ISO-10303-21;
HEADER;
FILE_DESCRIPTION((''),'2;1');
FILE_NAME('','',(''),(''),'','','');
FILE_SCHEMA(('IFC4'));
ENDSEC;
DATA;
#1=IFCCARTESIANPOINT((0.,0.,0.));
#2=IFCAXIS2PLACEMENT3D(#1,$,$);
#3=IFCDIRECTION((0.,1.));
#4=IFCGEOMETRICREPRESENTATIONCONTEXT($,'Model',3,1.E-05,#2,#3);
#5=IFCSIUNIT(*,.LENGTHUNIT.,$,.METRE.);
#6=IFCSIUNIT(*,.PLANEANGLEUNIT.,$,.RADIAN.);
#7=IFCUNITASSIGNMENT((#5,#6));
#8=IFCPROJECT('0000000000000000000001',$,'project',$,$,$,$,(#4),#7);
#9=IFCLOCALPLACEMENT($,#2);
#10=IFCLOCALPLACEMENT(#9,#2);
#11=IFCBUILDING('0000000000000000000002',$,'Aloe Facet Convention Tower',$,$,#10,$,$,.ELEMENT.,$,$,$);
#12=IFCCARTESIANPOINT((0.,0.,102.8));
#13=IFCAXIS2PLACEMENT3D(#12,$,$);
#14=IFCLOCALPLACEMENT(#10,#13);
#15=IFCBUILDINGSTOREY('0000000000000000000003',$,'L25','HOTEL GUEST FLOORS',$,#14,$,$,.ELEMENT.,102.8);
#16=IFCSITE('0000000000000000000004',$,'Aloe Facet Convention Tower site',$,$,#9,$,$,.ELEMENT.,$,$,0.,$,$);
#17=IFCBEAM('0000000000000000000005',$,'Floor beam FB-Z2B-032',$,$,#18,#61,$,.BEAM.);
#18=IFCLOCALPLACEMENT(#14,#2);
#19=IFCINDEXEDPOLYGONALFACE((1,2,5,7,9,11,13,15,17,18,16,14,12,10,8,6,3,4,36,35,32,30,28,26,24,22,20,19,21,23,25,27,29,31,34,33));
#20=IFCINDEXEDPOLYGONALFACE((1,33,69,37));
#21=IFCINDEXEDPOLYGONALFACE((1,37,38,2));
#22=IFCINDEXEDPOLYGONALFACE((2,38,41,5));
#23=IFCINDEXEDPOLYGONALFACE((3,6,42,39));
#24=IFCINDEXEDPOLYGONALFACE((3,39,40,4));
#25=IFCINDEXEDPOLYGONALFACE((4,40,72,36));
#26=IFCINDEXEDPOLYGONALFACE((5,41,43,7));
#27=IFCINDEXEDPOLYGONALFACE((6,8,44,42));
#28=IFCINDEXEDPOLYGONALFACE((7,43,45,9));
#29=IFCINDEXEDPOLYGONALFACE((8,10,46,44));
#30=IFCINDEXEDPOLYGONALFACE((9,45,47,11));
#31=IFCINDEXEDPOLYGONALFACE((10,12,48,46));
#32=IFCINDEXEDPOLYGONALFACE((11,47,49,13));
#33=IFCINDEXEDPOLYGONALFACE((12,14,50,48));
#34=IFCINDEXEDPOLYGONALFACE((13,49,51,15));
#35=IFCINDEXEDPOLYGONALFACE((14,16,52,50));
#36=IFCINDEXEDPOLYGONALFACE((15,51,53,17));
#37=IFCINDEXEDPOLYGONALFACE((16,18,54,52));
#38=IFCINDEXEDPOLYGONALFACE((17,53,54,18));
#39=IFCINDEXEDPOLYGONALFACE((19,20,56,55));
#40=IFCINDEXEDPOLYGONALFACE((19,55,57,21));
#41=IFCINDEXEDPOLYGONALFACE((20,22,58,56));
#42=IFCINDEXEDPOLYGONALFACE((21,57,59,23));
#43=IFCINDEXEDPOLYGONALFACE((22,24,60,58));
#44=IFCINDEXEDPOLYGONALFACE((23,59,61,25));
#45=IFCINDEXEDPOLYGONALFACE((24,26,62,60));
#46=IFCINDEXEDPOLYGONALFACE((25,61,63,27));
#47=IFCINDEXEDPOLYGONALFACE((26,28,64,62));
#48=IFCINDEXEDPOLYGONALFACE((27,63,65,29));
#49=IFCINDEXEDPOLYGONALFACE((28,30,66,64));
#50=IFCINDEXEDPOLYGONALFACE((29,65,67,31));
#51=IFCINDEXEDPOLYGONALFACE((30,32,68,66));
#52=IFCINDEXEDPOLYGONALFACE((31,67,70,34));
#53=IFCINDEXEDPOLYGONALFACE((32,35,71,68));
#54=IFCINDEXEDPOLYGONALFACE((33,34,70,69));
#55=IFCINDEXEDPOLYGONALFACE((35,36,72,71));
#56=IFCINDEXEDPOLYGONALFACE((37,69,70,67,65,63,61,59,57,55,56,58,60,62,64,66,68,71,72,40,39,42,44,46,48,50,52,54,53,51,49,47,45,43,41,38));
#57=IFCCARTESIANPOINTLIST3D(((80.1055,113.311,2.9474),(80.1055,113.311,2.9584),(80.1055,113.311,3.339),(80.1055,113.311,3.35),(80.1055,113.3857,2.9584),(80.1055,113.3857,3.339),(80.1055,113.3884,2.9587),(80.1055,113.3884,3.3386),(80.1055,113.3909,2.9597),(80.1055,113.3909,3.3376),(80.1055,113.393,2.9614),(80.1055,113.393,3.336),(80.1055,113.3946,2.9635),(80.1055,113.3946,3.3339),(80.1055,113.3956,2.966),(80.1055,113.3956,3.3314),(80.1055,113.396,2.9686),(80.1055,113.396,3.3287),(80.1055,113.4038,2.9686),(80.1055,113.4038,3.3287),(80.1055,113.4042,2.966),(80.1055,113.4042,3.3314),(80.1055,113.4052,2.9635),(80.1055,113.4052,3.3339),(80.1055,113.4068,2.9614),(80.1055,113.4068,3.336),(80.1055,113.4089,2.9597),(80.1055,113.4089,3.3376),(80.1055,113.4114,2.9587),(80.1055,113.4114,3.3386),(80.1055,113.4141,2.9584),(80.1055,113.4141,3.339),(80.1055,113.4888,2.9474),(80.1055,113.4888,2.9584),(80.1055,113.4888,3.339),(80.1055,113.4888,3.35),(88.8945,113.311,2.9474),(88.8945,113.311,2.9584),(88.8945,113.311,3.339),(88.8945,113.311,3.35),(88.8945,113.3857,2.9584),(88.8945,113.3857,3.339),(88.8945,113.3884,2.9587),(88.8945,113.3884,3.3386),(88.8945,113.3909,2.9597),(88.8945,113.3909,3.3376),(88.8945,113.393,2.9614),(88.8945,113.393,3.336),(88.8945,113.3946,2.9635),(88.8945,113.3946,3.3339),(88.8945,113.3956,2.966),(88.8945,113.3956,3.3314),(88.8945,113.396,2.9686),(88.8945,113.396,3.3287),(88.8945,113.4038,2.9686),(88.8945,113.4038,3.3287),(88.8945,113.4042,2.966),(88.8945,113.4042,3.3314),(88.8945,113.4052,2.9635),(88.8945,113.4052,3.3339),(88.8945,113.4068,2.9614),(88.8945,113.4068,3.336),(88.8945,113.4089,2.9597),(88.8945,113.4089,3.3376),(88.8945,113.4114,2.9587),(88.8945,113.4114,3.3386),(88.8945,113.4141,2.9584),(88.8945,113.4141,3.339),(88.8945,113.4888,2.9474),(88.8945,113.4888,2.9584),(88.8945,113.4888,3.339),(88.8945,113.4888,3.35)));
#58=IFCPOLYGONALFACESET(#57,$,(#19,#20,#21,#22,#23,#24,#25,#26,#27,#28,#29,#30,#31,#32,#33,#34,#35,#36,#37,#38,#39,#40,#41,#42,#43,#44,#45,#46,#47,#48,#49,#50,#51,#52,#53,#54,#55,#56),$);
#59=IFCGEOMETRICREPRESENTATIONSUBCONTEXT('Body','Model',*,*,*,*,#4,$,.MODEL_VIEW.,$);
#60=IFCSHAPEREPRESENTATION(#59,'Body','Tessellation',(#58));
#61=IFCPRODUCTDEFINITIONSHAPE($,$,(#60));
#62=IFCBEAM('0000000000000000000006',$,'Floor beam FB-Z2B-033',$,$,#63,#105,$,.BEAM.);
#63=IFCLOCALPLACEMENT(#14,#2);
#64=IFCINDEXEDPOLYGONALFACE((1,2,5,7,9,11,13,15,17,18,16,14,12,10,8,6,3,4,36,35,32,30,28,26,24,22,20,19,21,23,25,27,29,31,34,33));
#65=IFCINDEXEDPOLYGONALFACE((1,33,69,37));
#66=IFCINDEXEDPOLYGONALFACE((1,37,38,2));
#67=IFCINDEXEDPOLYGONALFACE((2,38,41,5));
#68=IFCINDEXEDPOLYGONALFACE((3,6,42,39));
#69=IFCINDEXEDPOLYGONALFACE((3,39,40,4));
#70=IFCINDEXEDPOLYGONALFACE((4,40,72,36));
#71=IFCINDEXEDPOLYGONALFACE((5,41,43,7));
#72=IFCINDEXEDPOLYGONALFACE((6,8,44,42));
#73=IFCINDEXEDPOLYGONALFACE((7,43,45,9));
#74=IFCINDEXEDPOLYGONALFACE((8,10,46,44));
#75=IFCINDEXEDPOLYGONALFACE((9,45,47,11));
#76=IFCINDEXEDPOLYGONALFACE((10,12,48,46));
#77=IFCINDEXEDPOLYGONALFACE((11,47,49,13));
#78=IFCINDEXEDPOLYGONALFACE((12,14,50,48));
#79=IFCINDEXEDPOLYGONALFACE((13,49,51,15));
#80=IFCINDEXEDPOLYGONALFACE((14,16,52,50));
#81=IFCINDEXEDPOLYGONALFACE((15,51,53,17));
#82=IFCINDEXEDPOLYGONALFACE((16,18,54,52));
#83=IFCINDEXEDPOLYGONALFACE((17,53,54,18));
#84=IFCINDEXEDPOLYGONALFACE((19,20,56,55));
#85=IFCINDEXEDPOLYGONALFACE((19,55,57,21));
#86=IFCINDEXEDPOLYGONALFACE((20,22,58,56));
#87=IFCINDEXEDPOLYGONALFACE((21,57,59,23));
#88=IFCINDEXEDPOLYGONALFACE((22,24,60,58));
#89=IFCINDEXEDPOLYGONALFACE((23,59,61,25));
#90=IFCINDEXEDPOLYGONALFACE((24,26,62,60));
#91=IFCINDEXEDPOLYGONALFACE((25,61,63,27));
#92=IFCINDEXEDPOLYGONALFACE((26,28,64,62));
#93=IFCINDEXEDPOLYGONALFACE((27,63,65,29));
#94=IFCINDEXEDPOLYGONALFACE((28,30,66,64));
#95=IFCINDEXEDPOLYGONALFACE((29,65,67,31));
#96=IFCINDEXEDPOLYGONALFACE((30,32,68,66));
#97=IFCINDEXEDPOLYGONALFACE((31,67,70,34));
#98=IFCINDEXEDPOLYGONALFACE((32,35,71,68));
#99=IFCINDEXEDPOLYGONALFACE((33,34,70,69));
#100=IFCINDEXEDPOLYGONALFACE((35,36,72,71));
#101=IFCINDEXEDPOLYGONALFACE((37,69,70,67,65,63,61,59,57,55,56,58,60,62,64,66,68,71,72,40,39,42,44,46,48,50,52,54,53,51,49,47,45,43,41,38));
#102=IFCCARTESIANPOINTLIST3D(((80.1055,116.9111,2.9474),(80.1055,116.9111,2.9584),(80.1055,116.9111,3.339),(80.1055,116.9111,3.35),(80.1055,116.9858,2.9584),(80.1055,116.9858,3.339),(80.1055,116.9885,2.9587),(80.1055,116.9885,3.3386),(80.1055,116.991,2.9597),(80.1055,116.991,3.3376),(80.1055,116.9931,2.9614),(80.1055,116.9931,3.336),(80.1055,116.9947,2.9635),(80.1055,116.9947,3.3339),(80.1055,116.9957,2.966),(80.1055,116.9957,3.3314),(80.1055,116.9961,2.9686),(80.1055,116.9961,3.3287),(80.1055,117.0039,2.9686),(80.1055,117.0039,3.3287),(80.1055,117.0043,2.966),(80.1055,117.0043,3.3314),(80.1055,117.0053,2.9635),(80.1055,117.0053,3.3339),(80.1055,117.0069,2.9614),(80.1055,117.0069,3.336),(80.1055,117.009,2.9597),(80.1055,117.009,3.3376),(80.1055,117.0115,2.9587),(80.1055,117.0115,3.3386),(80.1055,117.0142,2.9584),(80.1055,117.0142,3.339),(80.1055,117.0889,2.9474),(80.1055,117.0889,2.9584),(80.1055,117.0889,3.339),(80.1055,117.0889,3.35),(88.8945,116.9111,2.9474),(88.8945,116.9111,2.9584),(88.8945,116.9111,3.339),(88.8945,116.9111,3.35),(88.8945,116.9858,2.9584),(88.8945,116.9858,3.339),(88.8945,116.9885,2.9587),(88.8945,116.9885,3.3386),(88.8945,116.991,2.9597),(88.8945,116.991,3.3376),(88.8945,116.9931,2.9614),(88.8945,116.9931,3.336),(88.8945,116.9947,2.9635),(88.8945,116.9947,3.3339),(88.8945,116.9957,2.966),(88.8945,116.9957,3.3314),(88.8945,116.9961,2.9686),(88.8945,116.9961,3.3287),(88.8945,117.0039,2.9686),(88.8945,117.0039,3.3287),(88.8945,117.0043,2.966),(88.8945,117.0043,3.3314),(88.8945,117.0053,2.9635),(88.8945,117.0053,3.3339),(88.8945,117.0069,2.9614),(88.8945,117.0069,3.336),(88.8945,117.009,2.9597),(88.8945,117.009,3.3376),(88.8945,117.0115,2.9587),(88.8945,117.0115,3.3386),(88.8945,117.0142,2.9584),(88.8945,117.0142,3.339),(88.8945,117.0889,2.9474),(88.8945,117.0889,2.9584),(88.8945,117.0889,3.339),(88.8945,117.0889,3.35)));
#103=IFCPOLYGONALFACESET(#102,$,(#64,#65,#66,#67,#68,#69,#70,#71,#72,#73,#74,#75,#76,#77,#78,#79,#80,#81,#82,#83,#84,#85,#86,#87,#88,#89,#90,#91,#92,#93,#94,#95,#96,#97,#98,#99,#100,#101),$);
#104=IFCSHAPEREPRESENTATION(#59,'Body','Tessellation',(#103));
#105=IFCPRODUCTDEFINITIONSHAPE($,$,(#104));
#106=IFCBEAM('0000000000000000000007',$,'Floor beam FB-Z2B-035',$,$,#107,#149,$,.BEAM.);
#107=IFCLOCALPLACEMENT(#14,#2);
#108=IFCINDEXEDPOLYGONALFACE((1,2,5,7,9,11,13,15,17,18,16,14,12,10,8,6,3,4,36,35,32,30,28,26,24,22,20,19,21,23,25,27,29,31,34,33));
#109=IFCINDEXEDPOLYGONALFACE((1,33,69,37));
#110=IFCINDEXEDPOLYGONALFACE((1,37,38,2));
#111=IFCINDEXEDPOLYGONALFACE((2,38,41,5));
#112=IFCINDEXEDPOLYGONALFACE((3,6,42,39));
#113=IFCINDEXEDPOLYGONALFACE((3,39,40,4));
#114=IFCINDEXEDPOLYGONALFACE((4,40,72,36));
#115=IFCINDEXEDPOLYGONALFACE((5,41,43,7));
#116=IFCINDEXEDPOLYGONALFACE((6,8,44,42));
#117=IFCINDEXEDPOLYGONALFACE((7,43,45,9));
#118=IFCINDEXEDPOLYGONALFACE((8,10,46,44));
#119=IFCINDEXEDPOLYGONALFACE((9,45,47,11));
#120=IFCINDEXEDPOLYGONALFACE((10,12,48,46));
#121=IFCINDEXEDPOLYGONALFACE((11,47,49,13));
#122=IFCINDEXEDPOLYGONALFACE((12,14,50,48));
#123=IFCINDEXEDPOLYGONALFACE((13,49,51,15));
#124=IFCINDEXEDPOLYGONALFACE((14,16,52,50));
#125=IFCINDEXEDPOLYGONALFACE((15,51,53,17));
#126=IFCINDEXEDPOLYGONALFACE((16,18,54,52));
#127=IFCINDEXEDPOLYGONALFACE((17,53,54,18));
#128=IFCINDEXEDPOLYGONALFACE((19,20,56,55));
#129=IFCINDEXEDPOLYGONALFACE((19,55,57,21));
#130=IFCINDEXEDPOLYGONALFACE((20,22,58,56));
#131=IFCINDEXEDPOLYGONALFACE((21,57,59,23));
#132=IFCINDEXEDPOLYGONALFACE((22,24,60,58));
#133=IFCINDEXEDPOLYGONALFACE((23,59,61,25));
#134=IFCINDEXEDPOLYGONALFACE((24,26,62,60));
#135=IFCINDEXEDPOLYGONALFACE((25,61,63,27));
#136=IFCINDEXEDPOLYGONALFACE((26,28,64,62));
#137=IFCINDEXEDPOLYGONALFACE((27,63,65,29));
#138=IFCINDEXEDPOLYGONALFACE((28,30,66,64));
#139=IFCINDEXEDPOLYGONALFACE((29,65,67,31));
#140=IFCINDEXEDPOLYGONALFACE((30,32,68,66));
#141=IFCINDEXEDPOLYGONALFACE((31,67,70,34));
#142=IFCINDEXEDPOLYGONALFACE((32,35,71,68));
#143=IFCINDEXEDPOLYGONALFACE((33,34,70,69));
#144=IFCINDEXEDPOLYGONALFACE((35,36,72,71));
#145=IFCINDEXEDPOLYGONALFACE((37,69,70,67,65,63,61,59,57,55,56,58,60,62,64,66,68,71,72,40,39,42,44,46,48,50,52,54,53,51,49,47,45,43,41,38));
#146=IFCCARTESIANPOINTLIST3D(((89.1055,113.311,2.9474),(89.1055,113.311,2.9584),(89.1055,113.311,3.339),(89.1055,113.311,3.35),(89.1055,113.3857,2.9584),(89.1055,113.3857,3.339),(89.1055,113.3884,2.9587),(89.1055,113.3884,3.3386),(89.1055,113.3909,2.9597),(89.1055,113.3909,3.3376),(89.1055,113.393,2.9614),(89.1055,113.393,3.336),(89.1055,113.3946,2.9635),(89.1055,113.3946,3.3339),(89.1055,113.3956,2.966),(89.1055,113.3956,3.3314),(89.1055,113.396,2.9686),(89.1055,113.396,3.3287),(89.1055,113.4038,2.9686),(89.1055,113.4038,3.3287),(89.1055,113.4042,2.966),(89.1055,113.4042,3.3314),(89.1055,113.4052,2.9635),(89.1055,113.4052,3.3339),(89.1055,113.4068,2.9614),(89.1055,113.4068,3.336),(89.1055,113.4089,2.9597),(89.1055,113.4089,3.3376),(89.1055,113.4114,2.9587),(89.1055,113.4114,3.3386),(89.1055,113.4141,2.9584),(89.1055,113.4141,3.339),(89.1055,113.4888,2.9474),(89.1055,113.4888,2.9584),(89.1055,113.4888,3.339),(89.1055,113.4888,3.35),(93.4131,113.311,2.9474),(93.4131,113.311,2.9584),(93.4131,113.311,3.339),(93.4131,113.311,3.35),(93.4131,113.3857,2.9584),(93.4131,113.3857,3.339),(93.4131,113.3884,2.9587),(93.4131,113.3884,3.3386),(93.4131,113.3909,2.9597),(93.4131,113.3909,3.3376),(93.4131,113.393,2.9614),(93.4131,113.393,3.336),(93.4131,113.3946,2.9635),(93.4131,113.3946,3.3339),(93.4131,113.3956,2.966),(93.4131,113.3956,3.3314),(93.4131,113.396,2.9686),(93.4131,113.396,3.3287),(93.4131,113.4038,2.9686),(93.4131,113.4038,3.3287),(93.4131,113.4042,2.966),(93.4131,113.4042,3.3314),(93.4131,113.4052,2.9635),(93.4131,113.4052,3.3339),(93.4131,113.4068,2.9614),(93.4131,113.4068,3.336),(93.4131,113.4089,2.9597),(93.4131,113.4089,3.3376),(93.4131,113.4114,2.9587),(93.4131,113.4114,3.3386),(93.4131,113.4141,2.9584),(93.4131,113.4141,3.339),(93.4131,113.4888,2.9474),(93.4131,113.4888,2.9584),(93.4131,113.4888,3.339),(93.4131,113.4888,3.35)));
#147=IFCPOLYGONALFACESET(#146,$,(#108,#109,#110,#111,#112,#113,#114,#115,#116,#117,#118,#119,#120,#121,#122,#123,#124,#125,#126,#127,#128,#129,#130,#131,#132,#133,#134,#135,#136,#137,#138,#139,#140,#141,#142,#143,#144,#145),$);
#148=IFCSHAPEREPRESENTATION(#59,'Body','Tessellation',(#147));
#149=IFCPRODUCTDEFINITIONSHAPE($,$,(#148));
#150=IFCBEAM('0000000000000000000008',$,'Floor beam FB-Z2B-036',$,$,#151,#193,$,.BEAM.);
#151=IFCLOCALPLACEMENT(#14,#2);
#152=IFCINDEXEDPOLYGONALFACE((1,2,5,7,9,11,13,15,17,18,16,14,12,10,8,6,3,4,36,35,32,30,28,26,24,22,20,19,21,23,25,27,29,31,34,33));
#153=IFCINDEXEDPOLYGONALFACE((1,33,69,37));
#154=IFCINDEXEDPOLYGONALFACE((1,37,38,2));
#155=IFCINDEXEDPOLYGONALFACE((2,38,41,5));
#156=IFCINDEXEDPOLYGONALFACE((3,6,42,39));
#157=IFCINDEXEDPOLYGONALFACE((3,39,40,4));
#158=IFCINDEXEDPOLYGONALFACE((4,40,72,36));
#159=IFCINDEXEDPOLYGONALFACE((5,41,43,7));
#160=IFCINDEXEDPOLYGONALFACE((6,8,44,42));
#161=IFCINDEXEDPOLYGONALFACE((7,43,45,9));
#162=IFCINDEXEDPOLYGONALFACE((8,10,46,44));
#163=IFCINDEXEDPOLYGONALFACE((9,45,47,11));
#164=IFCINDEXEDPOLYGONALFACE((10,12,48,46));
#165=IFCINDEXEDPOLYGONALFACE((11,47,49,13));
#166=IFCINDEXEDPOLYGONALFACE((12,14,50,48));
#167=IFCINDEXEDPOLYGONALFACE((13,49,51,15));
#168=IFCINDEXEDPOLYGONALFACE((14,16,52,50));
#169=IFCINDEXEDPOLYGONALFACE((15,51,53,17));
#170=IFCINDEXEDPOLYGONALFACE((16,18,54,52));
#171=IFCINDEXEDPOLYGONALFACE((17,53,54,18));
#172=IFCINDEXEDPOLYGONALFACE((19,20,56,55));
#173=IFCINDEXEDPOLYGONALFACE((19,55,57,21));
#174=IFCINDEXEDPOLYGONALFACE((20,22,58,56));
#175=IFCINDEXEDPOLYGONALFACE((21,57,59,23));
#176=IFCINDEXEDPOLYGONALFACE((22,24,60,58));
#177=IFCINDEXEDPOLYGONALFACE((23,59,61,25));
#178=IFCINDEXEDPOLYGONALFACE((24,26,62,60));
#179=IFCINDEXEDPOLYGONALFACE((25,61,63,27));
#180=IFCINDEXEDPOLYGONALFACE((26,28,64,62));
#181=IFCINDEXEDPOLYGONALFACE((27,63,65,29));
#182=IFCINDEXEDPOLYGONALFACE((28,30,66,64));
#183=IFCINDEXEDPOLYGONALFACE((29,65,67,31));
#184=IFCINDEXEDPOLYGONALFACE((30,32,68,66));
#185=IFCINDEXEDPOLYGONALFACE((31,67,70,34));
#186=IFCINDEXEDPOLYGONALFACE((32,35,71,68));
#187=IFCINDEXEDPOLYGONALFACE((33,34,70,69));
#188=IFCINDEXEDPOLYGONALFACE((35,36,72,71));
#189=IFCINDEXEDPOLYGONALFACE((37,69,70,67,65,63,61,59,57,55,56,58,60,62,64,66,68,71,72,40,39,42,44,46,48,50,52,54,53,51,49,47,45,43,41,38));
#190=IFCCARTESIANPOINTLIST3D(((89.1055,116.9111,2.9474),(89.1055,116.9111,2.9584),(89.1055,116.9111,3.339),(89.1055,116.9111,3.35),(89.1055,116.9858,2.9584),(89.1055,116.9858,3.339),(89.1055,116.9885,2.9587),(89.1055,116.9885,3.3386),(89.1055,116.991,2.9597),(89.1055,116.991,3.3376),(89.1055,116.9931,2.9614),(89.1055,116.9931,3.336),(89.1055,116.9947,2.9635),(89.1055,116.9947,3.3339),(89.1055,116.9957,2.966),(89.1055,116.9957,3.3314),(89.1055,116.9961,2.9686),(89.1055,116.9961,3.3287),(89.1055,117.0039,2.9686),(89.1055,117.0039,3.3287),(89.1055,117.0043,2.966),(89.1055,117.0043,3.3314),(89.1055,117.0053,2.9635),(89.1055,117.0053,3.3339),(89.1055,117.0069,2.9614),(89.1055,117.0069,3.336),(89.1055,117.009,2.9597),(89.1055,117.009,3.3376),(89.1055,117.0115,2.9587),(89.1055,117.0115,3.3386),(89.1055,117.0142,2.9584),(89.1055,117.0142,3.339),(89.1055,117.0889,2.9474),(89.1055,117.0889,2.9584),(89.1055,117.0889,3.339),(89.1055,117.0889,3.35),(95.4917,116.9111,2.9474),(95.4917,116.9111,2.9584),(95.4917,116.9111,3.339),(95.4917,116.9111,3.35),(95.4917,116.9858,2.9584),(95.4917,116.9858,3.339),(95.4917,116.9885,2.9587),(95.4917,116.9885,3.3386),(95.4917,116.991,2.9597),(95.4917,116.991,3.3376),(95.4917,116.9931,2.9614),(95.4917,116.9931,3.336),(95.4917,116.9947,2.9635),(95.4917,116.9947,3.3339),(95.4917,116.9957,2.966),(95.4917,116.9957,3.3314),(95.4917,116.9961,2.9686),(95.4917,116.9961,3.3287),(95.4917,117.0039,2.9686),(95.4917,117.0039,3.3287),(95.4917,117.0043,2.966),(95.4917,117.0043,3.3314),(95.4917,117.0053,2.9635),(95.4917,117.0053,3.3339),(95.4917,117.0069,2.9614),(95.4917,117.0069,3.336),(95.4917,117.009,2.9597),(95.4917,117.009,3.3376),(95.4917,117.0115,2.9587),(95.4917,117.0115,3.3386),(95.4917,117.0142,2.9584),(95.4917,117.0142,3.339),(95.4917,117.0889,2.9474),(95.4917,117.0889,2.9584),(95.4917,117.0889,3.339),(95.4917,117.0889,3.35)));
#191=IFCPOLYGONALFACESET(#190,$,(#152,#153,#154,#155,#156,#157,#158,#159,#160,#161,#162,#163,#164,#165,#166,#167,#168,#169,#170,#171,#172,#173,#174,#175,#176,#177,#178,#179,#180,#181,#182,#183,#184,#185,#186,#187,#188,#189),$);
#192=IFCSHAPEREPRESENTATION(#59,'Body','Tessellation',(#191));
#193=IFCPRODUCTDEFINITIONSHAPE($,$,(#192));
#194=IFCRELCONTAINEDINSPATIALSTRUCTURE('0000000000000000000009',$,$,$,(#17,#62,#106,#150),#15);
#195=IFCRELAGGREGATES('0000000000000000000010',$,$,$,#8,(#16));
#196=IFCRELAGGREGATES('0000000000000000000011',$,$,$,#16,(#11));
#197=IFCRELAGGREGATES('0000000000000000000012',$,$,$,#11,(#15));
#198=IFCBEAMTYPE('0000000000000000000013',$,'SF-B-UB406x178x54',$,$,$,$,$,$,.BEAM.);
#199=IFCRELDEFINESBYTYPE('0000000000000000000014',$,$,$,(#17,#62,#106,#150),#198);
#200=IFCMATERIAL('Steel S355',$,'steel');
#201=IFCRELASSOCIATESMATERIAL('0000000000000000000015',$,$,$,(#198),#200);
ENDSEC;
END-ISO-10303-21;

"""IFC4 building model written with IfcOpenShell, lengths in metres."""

from ifc_helpers import new_model, si_unit, direction, frame, origin, origin_2d, place, context, subcontext, project, spatial, i_section, extrude, material, material_profile, profile_set, type_object, element, save


model = new_model("IFC4")

# Units and contexts
model_context = context("Model", 3, precision=1e-05, world=origin(), true_north=direction((0.0, 1.0)))
body_context = subcontext(model_context, "Body", "Model", "MODEL_VIEW")
ifc_project = project(units=[si_unit("LENGTHUNIT", "METRE"), si_unit("PLANEANGLEUNIT", "RADIAN")], contexts=[model_context])

# Site, building, storey
site_placement = place(None, origin())
site = spatial("IfcSite", under=ifc_project, at=site_placement, Name="Aloe Facet Convention Tower site", CompositionType="ELEMENT", RefElevation=0.0)
building_placement = place(site_placement, origin())
building = spatial("IfcBuilding", under=site, at=building_placement, Name="Aloe Facet Convention Tower", CompositionType="ELEMENT")
storey_placement = place(building_placement, frame((0.0, 0.0, 102.8)))
storey = spatial("IfcBuildingStorey", under=building, at=storey_placement, Name="L25", Description="HOTEL GUEST FLOORS", CompositionType="ELEMENT", Elevation=102.8)

# Beams
ifc_material_1 = material(Name="Steel S355", Category="steel")
ifc_material_profile_1 = material_profile(ifc_material_1, i_section(OverallWidth=0.1777, OverallDepth=0.4026, WebThickness=0.0078, FlangeThickness=0.011, FilletRadius=0.0103, at=origin_2d()), Name="UB 406x178x54")
ifc_profile_set_1 = profile_set([ifc_material_profile_1], Name="Steel S355")
beam_type_1 = type_object("IfcBeamType", Name="SF-B-UB406x178x54", PredefinedType="BEAM", material=ifc_profile_set_1)
for number, where, z_axis, x_axis, name in (
    (1, (80.1055, 113.3999, 3.1487), (1.0, 0.0, 0.0), (0.0, 1.0, 0.0), "Floor beam FB-Z2B-032"),
    (2, (80.1055, 117.0, 3.1487), (1.0, 0.0, 0.0), (0.0, 1.0, 0.0), "Floor beam FB-Z2B-033"),
):
    element("IfcBeam", number, at=place(storey_placement, frame(where, z_axis=z_axis, x_axis=x_axis)), inside=storey, type_object=beam_type_1, Name=name, PredefinedType="BEAM", context=body_context, shape_type="SweptSolid", body=[
        extrude(i_section(OverallWidth=0.1777, OverallDepth=0.4026, WebThickness=0.0078, FlangeThickness=0.011, FilletRadius=0.0103, at=origin_2d()), origin(), (0.0, 0.0, 1.0), 8.7891),
    ])
beam_1_placement = place(storey_placement, frame((89.1055, 113.3999, 3.1487), z_axis=(1.0, 0.0, 0.0), x_axis=(0.0, 1.0, 0.0)))
element("IfcBeam", 3, at=beam_1_placement, inside=storey, type_object=beam_type_1, Name="Floor beam FB-Z2B-035", PredefinedType="BEAM", context=body_context, shape_type="SweptSolid", body=[
    extrude(i_section(OverallWidth=0.1777, OverallDepth=0.4026, WebThickness=0.0078, FlangeThickness=0.011, FilletRadius=0.0103, at=origin_2d()), origin(), (0.0, 0.0, 1.0), 4.3076),
])
beam_2_placement = place(storey_placement, frame((89.1055, 117.0, 3.1487), z_axis=(1.0, 0.0, 0.0), x_axis=(0.0, 1.0, 0.0)))
element("IfcBeam", 4, at=beam_2_placement, inside=storey, type_object=beam_type_1, Name="Floor beam FB-Z2B-036", PredefinedType="BEAM", context=body_context, shape_type="SweptSolid", body=[
    extrude(i_section(OverallWidth=0.1777, OverallDepth=0.4026, WebThickness=0.0078, FlangeThickness=0.011, FilletRadius=0.0103, at=origin_2d()), origin(), (0.0, 0.0, 1.0), 6.3862),
])

save(model, "model.ifc")
